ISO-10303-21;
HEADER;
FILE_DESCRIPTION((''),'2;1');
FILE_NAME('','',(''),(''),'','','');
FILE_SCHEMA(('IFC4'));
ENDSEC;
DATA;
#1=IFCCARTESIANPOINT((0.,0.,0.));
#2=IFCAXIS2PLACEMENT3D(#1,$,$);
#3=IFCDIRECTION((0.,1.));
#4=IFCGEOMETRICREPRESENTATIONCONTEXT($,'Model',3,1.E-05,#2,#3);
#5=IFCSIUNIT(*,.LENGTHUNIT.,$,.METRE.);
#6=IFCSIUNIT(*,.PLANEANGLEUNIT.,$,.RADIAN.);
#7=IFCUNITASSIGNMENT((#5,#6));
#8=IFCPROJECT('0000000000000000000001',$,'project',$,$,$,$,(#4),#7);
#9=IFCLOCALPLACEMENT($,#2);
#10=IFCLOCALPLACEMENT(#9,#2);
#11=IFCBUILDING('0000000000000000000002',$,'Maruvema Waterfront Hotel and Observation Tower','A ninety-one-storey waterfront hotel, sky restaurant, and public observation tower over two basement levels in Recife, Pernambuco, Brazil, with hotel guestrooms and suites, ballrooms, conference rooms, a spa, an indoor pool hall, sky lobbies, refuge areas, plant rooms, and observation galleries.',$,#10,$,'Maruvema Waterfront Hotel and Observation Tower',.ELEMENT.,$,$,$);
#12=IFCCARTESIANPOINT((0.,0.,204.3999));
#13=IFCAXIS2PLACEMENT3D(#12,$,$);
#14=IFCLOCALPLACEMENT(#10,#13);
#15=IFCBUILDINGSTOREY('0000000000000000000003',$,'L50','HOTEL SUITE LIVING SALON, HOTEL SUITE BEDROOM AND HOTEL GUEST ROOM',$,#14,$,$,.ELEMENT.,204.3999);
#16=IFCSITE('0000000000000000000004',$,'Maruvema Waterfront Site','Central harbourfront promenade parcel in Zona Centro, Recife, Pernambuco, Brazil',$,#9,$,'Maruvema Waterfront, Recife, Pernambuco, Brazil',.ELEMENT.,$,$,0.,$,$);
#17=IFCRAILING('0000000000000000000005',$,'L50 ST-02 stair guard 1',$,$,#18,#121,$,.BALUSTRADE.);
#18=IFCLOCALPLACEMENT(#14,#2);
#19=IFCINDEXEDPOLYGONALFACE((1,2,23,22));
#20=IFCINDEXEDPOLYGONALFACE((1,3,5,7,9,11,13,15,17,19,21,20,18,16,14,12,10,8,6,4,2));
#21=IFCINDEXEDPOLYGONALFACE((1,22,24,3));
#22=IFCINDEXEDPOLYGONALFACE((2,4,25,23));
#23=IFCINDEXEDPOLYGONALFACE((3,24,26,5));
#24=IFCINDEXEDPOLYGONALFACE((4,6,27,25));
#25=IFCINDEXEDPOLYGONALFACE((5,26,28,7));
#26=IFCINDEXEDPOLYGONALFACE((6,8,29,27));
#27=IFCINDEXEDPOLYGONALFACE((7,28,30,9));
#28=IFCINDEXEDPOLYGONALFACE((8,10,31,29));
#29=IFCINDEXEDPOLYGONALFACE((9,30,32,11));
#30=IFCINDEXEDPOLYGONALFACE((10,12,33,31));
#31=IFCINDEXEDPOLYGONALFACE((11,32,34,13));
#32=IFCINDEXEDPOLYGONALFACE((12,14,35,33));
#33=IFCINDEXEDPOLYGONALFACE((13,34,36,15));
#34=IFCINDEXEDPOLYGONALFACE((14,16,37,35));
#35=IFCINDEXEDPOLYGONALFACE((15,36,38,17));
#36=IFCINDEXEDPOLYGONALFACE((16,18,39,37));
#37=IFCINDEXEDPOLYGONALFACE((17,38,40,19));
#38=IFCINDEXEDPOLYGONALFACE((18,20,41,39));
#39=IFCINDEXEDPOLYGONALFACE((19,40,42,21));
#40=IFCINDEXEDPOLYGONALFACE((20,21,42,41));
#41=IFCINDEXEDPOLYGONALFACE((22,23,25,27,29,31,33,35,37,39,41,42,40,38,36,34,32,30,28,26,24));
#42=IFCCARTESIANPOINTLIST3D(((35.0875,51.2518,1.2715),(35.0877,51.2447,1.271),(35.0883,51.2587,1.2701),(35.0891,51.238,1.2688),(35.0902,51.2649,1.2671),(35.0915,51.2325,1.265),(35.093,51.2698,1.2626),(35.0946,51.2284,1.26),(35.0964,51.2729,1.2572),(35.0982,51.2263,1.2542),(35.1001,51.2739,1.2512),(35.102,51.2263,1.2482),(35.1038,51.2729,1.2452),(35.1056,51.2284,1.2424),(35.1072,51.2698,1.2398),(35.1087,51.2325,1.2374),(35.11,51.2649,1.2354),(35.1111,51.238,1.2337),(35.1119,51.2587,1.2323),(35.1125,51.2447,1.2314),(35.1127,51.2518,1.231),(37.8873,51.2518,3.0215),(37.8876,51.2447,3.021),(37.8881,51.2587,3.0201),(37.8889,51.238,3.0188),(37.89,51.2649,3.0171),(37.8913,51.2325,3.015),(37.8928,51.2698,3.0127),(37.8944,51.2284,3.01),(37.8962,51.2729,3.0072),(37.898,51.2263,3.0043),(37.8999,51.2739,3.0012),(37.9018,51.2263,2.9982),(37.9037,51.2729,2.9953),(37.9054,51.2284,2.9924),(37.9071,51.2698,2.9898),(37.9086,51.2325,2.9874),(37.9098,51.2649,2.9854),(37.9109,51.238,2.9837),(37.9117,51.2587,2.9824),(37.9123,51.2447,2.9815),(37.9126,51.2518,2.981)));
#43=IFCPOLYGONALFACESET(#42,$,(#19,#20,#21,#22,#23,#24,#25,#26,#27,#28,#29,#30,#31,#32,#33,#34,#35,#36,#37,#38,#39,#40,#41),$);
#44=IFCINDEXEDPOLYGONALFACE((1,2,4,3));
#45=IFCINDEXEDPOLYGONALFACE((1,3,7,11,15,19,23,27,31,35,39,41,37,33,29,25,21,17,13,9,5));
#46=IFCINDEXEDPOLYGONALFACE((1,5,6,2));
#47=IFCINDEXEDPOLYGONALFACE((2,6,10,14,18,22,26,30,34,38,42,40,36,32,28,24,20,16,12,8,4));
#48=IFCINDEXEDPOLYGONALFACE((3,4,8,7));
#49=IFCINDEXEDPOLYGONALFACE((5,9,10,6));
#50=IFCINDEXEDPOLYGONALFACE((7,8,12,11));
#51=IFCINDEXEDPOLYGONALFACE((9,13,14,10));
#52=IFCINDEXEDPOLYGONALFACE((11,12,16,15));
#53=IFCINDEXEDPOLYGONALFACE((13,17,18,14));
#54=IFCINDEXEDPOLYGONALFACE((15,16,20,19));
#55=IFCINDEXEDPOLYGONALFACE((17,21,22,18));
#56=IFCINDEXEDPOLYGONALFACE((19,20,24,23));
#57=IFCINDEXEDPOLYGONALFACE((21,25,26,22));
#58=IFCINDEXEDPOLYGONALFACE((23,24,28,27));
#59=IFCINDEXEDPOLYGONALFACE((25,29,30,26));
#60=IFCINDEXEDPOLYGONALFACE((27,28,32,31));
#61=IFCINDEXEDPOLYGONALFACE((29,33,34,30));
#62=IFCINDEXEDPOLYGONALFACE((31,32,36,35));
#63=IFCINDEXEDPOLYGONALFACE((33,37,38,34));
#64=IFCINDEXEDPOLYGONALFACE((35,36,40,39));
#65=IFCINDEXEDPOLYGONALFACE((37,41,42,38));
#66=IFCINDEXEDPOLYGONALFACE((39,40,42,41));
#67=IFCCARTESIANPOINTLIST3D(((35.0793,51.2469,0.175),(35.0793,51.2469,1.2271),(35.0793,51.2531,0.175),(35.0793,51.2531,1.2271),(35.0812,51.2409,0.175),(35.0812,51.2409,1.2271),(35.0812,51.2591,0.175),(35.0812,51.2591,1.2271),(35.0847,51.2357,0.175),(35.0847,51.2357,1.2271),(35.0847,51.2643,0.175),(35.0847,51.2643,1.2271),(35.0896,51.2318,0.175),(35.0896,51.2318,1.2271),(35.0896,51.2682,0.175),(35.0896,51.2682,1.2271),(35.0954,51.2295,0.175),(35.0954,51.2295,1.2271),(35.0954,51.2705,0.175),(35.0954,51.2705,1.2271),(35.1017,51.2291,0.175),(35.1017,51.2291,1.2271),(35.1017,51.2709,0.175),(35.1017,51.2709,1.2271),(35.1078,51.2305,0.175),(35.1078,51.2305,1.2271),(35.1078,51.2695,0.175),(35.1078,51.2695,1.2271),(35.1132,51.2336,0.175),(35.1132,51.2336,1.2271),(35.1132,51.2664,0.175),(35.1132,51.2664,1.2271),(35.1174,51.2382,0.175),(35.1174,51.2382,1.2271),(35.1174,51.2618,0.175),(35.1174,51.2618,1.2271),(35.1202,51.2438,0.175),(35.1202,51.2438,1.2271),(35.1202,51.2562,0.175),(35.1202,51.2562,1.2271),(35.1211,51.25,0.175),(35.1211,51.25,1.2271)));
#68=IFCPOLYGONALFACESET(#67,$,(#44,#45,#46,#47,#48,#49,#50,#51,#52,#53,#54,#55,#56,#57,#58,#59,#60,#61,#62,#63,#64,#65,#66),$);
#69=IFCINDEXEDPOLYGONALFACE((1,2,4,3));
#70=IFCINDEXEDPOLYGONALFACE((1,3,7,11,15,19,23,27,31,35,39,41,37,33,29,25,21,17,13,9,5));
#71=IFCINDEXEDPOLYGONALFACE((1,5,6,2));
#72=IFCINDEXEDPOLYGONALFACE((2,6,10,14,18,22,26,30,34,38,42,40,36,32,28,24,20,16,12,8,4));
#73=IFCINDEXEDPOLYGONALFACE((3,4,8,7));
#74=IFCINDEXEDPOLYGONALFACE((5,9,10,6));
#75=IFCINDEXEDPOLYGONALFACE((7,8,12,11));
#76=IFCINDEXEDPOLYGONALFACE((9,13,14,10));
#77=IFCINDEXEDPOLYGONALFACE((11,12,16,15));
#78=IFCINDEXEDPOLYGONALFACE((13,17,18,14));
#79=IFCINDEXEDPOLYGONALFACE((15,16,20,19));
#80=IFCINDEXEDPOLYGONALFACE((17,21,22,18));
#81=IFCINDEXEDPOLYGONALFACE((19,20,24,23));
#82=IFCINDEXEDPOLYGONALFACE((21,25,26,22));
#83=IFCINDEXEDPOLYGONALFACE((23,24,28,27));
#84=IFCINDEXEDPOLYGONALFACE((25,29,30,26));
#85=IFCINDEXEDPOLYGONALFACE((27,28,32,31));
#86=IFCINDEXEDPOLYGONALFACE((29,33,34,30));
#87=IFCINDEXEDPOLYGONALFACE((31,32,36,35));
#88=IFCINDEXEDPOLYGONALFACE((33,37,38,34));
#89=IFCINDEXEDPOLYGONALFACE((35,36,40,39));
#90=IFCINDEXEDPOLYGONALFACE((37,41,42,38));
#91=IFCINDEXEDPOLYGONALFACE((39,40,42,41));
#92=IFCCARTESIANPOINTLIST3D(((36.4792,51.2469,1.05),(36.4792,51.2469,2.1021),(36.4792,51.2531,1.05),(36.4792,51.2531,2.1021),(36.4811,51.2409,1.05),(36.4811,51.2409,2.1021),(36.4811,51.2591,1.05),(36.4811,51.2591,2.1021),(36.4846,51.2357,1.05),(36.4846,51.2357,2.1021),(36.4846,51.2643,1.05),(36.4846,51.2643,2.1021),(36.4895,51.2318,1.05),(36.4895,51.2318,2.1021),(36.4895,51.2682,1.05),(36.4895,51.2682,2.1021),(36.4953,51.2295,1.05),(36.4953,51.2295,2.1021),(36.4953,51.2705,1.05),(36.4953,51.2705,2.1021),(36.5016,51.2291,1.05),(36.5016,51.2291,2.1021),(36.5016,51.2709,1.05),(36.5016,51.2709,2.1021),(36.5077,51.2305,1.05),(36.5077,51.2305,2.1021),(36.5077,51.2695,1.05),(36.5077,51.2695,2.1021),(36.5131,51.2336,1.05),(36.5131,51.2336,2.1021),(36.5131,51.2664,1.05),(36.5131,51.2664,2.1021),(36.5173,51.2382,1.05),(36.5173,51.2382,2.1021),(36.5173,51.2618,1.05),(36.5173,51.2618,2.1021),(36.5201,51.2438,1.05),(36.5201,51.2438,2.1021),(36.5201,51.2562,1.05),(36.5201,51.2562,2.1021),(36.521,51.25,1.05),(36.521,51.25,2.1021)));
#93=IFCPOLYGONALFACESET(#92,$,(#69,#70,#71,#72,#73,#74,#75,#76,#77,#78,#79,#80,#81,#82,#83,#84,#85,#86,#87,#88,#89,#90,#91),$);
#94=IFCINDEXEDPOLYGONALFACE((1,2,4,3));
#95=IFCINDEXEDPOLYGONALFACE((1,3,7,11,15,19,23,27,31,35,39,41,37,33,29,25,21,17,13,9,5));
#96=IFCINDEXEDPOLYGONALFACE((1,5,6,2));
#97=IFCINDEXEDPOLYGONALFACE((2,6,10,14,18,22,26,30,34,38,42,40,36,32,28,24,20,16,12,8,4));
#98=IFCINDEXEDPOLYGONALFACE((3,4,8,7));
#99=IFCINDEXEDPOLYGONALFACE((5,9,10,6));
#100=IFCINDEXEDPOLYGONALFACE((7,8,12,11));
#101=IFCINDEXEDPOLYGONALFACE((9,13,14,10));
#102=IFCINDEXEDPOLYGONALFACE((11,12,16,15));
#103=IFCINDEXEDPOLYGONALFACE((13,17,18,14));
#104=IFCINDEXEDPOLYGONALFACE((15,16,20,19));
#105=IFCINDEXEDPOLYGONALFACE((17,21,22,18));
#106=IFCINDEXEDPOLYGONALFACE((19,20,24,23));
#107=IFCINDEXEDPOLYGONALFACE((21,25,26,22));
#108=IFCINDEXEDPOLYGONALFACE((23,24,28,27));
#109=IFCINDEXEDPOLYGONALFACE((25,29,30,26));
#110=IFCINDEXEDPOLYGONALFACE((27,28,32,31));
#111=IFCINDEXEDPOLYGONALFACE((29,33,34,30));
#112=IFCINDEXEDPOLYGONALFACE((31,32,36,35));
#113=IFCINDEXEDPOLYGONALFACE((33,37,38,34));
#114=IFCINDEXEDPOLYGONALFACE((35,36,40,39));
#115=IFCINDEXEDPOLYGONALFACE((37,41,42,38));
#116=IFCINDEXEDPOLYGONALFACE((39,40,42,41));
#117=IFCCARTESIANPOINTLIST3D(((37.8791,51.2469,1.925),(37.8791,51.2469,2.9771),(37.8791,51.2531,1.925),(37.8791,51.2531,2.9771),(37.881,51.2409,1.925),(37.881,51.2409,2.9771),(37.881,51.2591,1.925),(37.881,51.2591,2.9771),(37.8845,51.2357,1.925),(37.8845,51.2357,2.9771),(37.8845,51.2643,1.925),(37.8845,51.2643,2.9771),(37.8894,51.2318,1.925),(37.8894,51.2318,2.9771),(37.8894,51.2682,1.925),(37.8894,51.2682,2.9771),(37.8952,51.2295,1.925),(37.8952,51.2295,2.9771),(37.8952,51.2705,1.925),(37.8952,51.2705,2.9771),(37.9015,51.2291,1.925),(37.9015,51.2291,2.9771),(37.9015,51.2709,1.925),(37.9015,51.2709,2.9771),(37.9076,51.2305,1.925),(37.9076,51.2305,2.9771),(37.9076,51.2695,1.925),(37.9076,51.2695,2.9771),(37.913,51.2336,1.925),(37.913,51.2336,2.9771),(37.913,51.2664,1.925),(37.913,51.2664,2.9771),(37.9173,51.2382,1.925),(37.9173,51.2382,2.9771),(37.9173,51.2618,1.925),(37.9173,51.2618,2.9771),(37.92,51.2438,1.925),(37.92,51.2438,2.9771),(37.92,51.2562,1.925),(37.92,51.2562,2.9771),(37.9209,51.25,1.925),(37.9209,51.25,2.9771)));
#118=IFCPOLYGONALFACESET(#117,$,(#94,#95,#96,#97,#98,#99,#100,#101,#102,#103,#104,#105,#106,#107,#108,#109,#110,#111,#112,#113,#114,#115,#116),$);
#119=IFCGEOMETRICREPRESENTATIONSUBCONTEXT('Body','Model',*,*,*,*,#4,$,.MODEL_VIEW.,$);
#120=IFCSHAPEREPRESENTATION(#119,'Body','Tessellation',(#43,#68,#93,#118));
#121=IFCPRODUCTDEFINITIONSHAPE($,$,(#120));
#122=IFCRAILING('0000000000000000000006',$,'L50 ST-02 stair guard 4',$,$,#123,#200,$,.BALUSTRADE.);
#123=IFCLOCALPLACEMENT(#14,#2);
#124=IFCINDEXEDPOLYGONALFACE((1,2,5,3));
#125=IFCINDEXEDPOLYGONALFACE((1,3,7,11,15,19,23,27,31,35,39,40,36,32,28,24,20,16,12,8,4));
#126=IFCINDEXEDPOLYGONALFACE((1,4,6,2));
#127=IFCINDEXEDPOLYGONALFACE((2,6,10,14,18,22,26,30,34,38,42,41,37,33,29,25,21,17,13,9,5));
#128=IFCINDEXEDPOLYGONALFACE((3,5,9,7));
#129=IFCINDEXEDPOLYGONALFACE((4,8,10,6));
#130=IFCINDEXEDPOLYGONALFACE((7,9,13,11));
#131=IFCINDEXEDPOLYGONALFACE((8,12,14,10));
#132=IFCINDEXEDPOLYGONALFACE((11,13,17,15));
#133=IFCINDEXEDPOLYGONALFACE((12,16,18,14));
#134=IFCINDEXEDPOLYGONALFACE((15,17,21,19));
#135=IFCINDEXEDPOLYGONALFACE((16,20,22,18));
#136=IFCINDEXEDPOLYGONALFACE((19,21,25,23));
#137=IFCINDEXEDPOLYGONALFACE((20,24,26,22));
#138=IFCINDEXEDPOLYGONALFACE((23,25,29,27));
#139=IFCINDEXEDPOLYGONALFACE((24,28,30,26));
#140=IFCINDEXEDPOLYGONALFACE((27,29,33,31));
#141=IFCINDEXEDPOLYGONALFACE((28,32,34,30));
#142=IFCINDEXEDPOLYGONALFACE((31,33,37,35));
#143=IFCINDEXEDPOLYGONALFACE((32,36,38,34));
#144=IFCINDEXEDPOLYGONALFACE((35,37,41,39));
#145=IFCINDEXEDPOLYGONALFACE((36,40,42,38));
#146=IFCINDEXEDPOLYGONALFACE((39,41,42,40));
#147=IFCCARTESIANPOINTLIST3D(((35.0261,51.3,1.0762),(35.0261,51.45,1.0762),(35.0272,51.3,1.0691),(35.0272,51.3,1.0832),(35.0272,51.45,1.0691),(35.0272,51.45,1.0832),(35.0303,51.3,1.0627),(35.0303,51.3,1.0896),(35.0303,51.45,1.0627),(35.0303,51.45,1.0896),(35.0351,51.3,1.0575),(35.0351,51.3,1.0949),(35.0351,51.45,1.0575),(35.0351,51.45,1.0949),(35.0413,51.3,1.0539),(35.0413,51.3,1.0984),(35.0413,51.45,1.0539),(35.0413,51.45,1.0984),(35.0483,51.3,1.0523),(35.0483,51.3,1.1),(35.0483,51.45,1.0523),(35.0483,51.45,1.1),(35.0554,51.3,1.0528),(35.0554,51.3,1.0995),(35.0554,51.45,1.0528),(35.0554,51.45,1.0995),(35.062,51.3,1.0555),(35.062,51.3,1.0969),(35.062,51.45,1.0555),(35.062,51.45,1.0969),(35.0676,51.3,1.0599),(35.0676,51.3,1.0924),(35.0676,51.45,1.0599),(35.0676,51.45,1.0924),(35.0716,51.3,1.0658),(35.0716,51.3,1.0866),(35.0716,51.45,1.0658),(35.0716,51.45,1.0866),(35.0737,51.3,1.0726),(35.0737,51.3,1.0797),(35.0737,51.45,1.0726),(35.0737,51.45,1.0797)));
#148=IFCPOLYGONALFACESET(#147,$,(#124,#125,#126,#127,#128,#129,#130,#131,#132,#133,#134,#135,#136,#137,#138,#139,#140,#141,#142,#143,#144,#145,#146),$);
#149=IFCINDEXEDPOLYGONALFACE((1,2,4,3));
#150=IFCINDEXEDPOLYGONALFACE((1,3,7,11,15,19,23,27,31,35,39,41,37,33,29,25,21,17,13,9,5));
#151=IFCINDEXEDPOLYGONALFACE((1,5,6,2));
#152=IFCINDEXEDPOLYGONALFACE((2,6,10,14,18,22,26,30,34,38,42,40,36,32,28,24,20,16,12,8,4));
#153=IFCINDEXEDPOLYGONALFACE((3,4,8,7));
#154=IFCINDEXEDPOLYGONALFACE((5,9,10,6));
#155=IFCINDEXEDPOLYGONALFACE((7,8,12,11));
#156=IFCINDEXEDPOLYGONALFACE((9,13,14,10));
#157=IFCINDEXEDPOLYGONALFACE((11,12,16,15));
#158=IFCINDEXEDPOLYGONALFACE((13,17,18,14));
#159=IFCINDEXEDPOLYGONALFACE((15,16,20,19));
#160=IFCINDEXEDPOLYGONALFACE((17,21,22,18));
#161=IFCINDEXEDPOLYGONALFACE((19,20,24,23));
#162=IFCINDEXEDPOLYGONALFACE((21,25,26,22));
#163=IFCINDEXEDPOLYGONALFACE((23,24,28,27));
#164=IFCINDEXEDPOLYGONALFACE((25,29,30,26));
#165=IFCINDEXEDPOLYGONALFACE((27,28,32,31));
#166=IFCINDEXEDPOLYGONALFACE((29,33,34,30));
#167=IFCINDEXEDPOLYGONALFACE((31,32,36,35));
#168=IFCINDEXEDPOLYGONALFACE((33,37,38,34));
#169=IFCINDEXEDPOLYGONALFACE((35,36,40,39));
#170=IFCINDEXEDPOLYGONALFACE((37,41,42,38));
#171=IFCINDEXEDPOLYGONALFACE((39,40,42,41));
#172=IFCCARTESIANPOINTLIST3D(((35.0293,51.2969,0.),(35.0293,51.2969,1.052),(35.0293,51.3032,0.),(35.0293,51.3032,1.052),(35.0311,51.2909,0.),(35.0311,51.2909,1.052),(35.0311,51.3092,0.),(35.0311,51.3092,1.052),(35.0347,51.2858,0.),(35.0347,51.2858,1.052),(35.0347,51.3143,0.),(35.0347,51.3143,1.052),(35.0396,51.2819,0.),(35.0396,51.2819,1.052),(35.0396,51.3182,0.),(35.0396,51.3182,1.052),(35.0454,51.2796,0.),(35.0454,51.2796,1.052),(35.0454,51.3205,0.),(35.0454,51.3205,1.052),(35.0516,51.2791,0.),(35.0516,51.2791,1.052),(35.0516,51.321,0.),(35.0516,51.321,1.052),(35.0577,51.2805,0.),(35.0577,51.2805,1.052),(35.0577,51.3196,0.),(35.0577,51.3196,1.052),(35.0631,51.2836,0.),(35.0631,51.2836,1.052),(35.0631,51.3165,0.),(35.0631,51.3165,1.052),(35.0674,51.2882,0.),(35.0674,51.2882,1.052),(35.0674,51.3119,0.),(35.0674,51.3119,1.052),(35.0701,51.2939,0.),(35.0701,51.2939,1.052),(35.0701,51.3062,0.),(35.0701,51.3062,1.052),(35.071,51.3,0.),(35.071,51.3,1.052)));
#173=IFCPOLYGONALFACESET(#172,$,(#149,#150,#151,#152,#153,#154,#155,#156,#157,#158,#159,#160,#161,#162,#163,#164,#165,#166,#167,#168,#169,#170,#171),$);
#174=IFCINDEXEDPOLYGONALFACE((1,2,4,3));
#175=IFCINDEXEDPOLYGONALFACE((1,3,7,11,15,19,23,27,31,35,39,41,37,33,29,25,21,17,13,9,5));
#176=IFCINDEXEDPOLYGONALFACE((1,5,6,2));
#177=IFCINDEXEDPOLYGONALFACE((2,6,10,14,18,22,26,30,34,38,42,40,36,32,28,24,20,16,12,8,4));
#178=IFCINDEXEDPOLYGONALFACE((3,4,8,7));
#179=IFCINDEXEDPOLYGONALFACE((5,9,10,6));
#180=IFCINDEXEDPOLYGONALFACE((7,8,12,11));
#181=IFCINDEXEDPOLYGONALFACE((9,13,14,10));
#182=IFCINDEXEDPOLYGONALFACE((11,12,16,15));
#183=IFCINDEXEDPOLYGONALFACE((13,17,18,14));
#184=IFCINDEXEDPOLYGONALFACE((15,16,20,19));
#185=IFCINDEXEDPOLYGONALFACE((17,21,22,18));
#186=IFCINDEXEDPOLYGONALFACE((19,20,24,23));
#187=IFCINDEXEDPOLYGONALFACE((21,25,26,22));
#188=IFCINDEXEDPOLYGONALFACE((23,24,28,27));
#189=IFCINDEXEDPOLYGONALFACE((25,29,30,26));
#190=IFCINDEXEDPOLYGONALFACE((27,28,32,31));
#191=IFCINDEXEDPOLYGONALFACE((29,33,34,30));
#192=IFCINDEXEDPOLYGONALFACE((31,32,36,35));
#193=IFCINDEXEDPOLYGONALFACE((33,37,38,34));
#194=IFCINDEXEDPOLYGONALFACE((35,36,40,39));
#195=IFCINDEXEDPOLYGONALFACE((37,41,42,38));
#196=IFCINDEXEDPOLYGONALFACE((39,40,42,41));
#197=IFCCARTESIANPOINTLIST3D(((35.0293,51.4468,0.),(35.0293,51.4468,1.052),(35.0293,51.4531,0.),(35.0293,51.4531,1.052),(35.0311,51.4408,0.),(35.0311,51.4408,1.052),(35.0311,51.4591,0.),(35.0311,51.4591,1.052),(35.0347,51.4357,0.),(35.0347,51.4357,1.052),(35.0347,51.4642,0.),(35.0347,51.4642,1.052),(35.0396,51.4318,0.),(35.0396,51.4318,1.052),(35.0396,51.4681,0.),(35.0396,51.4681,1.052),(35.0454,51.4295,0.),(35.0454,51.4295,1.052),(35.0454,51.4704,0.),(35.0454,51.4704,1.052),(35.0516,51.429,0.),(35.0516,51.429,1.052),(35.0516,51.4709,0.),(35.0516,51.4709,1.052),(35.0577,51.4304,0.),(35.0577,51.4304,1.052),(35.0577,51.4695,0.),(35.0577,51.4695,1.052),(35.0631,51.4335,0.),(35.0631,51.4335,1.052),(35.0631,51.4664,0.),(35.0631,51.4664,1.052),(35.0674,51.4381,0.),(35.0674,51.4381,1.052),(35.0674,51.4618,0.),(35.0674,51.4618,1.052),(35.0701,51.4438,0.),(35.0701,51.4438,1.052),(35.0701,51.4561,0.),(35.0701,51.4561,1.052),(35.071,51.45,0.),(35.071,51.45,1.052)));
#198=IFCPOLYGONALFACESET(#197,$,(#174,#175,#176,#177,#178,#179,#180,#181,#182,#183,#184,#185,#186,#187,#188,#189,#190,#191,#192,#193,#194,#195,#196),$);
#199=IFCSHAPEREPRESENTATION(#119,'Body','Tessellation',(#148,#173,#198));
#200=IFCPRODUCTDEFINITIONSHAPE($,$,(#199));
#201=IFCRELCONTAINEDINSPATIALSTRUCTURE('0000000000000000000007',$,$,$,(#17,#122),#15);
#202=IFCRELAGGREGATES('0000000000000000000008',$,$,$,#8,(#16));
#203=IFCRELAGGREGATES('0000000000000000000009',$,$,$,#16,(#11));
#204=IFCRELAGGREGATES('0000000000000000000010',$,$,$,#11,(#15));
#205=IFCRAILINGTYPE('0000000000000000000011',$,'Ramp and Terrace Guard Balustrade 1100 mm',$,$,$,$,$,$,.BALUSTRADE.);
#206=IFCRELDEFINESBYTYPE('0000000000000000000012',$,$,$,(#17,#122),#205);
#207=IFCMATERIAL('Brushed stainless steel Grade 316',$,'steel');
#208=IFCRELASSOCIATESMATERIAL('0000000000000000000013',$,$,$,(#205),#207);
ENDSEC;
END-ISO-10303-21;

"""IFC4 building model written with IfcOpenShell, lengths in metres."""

from ifc_helpers import new_model, si_unit, direction, frame, origin, origin_2d, place, context, subcontext, project, spatial, circle, extrude, material, type_object, element, save


model = new_model("IFC4")

# Units and contexts
model_context = context("Model", 3, precision=1e-05, world=origin(), true_north=direction((0.0, 1.0)))
body_context = subcontext(model_context, "Body", "Model", "MODEL_VIEW")
ifc_project = project(units=[si_unit("LENGTHUNIT", "METRE"), si_unit("PLANEANGLEUNIT", "RADIAN")], contexts=[model_context])

# Site, building, storey
site_placement = place(None, origin())
site = spatial("IfcSite", under=ifc_project, at=site_placement, Name="Maruvema Waterfront Site", Description="Central harbourfront promenade parcel in Zona Centro, Recife, Pernambuco, Brazil", LongName="Maruvema Waterfront, Recife, Pernambuco, Brazil", CompositionType="ELEMENT", RefElevation=0.0)
building_placement = place(site_placement, origin())
building = spatial("IfcBuilding", under=site, at=building_placement, Name="Maruvema Waterfront Hotel and Observation Tower", Description="A ninety-one-storey waterfront hotel, sky restaurant, and public observation tower over two basement levels in Recife, Pernambuco, Brazil, with hotel guestrooms and suites, ballrooms, conference rooms, a spa, an indoor pool hall, sky lobbies, refuge areas, plant rooms, and observation galleries.", LongName="Maruvema Waterfront Hotel and Observation Tower", CompositionType="ELEMENT")
storey_placement = place(building_placement, frame((0.0, 0.0, 204.3999)))
storey = spatial("IfcBuildingStorey", under=building, at=storey_placement, Name="L50", Description="HOTEL SUITE LIVING SALON, HOTEL SUITE BEDROOM AND HOTEL GUEST ROOM", CompositionType="ELEMENT", Elevation=204.3999)

# Railings
ifc_material_1 = material(Name="Brushed stainless steel Grade 316", Category="steel")
railing_type_1 = type_object("IfcRailingType", Name="Ramp and Terrace Guard Balustrade 1100 mm", PredefinedType="BALUSTRADE", material=ifc_material_1)
railing_1_placement = place(storey_placement, frame((35.1001, 51.25, 0.175)))
element("IfcRailing", 1, at=railing_1_placement, inside=storey, type_object=railing_type_1, Name="L50 ST-02 stair guard 1", PredefinedType="BALUSTRADE", context=body_context, shape_type="SweptSolid", body=[
    extrude(circle(Radius=0.0239, at=origin_2d()), frame((0.0, 0.0, 1.0762), z_axis=(0.847982, 0.0, 0.530026), x_axis=(0.0, 1.0, 0.0)), (0.0, 0.0, 1.0), 3.3018),
    extrude(circle(Radius=0.021, at=origin_2d()), origin(), (0.0, 0.0, 1.0), 1.052),
    extrude(circle(Radius=0.021, at=origin_2d()), frame((1.3999, 0.0, 0.875)), (0.0, 0.0, 1.0), 1.052),
    extrude(circle(Radius=0.021, at=origin_2d()), frame((2.7998, 0.0, 1.75)), (0.0, 0.0, 1.0), 1.052),
])
railing_2_placement = place(storey_placement, frame((35.05, 51.3, 0.0)))
element("IfcRailing", 2, at=railing_2_placement, inside=storey, type_object=railing_type_1, Name="L50 ST-02 stair guard 4", PredefinedType="BALUSTRADE", context=body_context, shape_type="SweptSolid", body=[
    extrude(circle(Radius=0.0239, at=origin_2d()), frame((0.0, 0.0, 1.0762), z_axis=(0.0, 1.0, 0.0), x_axis=(-1.0, 0.0, 0.0)), (0.0, 0.0, 1.0), 0.1499),
    extrude(circle(Radius=0.021, at=origin_2d()), origin(), (0.0, 0.0, 1.0), 1.052),
    extrude(circle(Radius=0.021, at=origin_2d()), frame((0.0, 0.1499, 0.0)), (0.0, 0.0, 1.0), 1.052),
])

save(model, "model.ifc")
